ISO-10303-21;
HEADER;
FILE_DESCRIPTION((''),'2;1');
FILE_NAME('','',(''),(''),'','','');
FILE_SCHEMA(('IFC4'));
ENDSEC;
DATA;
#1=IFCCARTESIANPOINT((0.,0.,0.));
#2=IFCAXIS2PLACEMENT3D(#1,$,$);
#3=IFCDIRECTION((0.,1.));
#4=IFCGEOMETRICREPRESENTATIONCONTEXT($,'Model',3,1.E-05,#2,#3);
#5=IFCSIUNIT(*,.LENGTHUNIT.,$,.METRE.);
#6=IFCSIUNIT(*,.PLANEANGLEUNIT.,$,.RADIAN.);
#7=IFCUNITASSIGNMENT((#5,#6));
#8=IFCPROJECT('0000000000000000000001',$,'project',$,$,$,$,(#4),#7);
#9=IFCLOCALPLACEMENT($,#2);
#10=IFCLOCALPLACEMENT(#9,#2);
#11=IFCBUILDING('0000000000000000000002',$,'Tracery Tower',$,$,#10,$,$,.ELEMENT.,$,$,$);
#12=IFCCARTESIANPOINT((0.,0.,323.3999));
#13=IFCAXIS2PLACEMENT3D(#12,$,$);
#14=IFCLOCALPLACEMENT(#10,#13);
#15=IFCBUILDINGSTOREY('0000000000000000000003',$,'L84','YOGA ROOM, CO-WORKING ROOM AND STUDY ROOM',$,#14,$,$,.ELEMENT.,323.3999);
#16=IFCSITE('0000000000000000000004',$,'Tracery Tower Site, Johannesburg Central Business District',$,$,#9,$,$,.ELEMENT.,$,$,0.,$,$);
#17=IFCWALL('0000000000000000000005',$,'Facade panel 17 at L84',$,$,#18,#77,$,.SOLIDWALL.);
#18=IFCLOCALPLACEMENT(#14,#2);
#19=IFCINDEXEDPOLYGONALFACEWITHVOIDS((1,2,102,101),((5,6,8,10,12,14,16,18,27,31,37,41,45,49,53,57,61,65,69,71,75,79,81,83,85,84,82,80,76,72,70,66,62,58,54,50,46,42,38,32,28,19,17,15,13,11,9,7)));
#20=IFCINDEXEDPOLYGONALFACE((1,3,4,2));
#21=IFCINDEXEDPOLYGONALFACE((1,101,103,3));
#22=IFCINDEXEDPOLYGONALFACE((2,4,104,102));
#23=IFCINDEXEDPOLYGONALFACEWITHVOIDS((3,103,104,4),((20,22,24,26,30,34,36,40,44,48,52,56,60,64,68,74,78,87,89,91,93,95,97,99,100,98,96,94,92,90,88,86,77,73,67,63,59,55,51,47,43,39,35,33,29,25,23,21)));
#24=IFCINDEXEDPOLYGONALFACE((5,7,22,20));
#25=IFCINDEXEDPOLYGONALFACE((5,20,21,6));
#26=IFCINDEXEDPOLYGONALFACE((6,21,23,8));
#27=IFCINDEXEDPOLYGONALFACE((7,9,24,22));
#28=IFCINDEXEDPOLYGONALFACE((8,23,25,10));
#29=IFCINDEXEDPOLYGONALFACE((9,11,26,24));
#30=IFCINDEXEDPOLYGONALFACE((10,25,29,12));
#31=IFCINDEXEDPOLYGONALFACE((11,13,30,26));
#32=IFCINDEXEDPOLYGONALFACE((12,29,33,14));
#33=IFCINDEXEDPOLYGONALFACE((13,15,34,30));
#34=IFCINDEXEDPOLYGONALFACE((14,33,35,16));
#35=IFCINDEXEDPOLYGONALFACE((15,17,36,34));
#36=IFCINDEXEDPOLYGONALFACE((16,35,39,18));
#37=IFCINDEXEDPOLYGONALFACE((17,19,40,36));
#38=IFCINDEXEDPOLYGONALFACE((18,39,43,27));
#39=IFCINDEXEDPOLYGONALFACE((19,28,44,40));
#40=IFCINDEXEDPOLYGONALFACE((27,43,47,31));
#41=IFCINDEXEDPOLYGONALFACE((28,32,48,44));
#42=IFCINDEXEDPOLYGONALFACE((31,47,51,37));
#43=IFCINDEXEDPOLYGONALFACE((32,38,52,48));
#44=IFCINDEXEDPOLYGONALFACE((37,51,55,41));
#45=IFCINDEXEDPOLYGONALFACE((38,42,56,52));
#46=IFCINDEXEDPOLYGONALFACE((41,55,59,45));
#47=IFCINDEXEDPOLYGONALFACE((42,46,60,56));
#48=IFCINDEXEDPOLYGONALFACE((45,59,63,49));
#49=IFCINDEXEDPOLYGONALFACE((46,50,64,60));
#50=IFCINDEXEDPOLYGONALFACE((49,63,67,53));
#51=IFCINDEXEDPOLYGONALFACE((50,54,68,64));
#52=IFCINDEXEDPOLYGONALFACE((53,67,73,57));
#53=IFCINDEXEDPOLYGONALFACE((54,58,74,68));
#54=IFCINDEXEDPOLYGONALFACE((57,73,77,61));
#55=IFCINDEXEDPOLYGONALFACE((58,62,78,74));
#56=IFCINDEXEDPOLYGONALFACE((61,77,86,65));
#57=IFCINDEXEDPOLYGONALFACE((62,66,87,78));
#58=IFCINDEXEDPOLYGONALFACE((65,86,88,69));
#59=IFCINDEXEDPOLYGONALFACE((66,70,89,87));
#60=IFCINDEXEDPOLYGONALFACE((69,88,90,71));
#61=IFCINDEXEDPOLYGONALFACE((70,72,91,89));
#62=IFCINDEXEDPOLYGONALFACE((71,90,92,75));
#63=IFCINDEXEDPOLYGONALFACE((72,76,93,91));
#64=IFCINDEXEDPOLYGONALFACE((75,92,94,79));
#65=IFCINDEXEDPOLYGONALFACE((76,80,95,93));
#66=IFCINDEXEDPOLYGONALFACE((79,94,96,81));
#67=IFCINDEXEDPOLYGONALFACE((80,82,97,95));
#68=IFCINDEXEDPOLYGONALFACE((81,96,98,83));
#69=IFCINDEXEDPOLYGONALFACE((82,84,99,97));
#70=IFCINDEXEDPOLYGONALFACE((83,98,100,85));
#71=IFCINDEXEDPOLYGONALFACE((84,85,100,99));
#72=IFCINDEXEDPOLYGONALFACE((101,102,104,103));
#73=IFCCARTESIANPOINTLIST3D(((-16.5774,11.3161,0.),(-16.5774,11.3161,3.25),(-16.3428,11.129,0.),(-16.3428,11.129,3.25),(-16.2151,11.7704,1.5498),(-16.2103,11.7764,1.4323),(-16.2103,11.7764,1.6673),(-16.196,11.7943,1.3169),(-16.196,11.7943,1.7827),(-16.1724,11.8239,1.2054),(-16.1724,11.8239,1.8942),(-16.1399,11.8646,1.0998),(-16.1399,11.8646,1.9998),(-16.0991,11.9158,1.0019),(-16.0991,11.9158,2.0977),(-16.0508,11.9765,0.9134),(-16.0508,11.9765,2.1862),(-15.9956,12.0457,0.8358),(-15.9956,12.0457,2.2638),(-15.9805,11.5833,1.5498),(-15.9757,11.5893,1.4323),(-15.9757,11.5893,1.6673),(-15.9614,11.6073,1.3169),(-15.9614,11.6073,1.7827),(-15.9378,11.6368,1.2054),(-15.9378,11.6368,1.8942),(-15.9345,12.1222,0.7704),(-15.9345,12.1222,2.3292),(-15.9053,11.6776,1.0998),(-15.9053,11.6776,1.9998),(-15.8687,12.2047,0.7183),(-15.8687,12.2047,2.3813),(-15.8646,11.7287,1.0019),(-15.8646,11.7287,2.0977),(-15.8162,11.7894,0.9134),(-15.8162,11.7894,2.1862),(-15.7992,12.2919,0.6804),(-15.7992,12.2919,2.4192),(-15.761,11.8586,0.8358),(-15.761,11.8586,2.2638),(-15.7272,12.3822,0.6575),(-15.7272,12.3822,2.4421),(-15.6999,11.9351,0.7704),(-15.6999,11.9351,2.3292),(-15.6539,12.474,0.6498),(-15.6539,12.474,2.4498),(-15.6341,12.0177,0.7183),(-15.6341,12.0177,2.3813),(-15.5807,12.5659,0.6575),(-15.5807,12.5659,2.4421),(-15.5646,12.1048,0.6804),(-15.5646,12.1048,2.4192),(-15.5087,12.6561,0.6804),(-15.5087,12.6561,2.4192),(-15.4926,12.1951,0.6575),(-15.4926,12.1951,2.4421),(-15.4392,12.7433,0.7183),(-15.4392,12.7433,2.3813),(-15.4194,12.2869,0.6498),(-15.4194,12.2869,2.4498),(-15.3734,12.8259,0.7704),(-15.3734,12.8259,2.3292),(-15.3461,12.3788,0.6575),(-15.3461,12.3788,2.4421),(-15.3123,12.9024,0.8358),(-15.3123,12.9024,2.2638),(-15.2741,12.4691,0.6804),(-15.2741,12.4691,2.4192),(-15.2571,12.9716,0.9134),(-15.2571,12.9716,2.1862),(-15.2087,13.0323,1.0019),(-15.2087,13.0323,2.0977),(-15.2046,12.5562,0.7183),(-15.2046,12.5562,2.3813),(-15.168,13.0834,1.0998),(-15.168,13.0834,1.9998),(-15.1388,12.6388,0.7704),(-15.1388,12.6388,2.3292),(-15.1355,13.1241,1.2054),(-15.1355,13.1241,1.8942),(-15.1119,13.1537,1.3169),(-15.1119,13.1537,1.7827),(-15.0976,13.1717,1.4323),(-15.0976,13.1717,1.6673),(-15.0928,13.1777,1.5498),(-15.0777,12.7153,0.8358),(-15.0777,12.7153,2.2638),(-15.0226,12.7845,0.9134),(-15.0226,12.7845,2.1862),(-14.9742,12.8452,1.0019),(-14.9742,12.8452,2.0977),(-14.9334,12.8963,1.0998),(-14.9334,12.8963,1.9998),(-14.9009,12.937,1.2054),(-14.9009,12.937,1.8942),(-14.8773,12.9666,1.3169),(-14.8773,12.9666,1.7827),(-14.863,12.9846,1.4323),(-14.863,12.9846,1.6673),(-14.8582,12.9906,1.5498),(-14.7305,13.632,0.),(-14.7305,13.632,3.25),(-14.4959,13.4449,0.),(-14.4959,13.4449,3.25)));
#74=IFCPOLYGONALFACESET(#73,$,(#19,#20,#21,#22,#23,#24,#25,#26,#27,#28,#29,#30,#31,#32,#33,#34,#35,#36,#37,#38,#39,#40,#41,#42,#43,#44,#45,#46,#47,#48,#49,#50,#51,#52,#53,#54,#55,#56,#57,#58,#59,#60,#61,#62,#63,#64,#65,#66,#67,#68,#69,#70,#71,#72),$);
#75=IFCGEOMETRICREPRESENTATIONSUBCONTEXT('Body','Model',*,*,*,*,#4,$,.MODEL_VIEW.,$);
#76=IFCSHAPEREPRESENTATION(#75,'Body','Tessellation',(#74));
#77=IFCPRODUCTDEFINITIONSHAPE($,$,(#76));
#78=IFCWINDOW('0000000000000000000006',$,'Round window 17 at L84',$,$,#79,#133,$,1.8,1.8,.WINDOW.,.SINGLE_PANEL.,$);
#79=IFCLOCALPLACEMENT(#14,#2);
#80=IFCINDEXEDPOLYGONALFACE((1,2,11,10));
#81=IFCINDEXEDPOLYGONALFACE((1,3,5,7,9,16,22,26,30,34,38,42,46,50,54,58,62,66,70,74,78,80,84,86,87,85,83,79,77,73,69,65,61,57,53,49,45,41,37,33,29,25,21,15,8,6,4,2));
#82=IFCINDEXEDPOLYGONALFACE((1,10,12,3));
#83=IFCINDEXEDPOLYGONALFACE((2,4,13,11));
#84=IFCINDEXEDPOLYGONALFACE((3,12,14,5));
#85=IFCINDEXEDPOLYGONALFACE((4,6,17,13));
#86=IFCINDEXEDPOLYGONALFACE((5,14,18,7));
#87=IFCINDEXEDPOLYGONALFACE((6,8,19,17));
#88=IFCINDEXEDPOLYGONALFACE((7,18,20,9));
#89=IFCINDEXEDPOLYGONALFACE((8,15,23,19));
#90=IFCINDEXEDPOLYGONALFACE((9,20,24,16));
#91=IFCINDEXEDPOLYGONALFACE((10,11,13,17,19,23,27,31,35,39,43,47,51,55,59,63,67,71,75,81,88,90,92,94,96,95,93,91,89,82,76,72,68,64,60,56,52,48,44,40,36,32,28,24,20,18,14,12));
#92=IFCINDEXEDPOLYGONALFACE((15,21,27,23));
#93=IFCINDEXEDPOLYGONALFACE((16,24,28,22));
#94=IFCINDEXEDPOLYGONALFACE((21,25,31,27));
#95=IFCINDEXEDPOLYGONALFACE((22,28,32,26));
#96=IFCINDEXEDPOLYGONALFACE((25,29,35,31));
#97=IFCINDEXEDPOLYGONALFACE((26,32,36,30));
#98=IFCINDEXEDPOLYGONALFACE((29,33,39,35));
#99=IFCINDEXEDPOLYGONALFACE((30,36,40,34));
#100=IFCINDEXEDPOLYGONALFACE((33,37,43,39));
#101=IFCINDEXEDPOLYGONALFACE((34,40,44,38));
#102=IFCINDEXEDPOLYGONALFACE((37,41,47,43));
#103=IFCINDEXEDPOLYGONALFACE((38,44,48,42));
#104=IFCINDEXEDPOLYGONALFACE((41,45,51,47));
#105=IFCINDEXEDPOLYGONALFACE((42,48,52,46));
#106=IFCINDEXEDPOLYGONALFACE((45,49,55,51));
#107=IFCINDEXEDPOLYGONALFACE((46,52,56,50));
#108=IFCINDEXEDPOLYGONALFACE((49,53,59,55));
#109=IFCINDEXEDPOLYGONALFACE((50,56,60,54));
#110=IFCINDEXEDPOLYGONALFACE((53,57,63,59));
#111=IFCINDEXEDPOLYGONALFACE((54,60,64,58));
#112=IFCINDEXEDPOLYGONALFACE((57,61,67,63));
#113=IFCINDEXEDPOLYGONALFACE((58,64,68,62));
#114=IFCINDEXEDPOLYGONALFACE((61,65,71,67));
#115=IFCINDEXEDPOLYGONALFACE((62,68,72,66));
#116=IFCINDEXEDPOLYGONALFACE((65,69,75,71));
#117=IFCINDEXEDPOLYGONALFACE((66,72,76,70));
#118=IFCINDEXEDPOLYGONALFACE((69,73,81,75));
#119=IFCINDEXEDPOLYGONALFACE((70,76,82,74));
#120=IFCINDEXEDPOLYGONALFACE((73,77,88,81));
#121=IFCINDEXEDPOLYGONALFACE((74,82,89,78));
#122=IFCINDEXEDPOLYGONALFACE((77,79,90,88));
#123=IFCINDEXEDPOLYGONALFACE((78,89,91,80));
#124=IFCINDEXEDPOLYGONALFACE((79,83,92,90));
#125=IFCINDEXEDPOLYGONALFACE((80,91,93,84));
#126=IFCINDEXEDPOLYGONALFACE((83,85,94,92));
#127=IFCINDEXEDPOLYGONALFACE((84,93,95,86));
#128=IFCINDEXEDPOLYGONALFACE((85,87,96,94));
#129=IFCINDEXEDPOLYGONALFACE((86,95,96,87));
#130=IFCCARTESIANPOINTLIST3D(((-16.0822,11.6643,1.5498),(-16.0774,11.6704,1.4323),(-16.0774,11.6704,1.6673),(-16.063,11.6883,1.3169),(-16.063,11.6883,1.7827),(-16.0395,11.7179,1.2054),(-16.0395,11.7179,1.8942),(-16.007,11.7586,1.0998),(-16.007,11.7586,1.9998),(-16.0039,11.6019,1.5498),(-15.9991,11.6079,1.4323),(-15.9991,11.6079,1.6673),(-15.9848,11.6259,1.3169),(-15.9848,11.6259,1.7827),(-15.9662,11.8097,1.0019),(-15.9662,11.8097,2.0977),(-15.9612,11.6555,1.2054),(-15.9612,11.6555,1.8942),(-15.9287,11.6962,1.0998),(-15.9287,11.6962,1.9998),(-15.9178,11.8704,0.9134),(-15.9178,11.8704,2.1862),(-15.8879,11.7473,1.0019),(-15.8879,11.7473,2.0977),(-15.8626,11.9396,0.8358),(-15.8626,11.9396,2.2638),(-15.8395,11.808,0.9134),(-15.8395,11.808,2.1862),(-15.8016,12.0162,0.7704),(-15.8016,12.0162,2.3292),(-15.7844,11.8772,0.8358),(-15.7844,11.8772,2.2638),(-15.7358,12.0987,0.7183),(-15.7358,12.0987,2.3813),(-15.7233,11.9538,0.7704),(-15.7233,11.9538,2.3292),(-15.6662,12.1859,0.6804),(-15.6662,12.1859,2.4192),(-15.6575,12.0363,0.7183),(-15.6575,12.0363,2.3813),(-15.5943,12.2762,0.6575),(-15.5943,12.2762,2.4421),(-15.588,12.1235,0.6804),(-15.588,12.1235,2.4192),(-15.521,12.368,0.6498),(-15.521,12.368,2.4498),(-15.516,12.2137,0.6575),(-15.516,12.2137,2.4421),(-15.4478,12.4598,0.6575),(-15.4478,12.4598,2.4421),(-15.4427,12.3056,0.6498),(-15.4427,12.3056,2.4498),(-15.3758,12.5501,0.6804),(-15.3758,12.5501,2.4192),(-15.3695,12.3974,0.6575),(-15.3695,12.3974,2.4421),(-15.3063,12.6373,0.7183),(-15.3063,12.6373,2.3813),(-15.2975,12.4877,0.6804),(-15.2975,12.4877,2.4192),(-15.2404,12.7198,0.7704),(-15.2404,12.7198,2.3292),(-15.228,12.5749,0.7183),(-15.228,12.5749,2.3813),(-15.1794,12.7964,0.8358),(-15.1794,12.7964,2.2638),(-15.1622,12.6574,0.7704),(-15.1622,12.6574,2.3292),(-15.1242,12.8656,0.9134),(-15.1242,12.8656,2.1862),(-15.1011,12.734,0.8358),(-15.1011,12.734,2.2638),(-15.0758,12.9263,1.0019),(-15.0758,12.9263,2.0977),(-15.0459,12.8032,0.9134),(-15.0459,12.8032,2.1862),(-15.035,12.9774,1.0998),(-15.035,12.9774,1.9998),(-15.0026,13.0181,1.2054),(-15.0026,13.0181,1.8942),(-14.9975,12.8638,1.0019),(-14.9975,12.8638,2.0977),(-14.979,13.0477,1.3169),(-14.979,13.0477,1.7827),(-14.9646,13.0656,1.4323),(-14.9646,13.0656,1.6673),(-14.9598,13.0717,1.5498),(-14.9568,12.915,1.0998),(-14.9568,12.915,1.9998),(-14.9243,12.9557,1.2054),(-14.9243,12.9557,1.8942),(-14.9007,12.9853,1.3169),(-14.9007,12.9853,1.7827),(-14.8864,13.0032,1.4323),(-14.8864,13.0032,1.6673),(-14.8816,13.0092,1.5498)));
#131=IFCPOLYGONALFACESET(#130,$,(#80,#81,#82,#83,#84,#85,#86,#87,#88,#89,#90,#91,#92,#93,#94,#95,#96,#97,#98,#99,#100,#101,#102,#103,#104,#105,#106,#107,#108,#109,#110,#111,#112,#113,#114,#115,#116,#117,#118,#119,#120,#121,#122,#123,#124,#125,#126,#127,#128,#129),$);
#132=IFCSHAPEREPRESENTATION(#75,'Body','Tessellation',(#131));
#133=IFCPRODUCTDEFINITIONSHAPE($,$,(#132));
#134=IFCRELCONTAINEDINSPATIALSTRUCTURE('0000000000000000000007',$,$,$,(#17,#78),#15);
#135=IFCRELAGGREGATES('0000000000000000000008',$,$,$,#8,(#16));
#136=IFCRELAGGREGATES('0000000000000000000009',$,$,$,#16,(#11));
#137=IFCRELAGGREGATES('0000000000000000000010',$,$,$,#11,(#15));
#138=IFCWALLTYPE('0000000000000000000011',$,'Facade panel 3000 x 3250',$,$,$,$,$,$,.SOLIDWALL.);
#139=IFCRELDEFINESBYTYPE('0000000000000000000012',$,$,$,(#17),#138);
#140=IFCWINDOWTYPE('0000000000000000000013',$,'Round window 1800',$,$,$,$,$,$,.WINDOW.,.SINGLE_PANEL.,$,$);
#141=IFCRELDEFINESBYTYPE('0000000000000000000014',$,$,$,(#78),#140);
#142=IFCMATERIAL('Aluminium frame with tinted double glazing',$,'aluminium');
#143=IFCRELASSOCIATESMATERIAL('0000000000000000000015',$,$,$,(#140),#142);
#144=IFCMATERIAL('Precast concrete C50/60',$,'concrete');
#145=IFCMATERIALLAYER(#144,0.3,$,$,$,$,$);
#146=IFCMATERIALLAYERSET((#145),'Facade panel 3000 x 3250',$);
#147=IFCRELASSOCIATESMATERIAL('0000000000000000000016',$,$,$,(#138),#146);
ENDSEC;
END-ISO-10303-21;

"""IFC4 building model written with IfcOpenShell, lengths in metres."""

from ifc_helpers import new_model, si_unit, direction, frame, frame_2d, origin, origin_2d, place, context, subcontext, project, spatial, rectangle, circle, extrude, material, layer, layer_set, type_object, element, fill, save


model = new_model("IFC4")

# Units and contexts
model_context = context("Model", 3, precision=1e-05, world=origin(), true_north=direction((0.0, 1.0)))
body_context = subcontext(model_context, "Body", "Model", "MODEL_VIEW")
ifc_project = project(units=[si_unit("LENGTHUNIT", "METRE"), si_unit("PLANEANGLEUNIT", "RADIAN")], contexts=[model_context])

# Site, building, storey
site_placement = place(None, origin())
site = spatial("IfcSite", under=ifc_project, at=site_placement, Name="Tracery Tower Site, Johannesburg Central Business District", CompositionType="ELEMENT", RefElevation=0.0)
building_placement = place(site_placement, origin())
building = spatial("IfcBuilding", under=site, at=building_placement, Name="Tracery Tower", CompositionType="ELEMENT")
storey_placement = place(building_placement, frame((0.0, 0.0, 323.3999)))
storey = spatial("IfcBuildingStorey", under=building, at=storey_placement, Name="L84", Description="YOGA ROOM, CO-WORKING ROOM AND STUDY ROOM", CompositionType="ELEMENT", Elevation=323.3999)

# Wall, opening, window
ifc_material_1 = material(Name="Aluminium frame with tinted double glazing", Category="aluminium")
window_type = type_object("IfcWindowType", Name="Round window 1800", PartitioningType="SINGLE_PANEL", PredefinedType="WINDOW", material=ifc_material_1)
ifc_material_2 = material(Name="Precast concrete C50/60", Category="concrete")
ifc_layer_1 = layer(ifc_material_2, 0.3)
ifc_layer_set_1 = layer_set([ifc_layer_1], Name="Facade panel 3000 x 3250")
wall_type_1 = type_object("IfcWallType", Name="Facade panel 3000 x 3250", PredefinedType="SOLIDWALL", material=ifc_layer_set_1)
wall_1_placement = place(storey_placement, frame((-14.6133, 13.5383, 0.0), z_axis=(0.0, 0.0, 1.0), x_axis=(-0.623498, -0.781825, 0.0)))
wall_1 = element("IfcWall", 1, at=wall_1_placement, inside=storey, type_object=wall_type_1, Name="Facade panel 17 at L84", PredefinedType="SOLIDWALL", context=body_context, shape_type="SweptSolid", body=[
    extrude(rectangle(XDim=2.9622, YDim=0.3, at=frame_2d((1.481, 0.0))), origin(), (0.0, 0.0, 1.0), 3.25),
])
opening_1_placement = place(wall_1_placement, frame((1.481, 0.0, 1.5498)))
opening_1 = element("IfcOpeningElement", 2, at=opening_1_placement, cuts=wall_1, PredefinedType="OPENING", context=body_context, shape_type="SweptSolid", body=[
    extrude(circle(Radius=0.9, at=origin_2d()), frame((0.0, 0.1599, 0.0), z_axis=(0.0, -1.0, 0.0), x_axis=(1.0, 0.0, 0.0)), (0.0, 0.0, 1.0), 0.3201),
])
window_1_placement = place(opening_1_placement, origin())
window_1 = element("IfcWindow", 3, at=window_1_placement, inside=storey, type_object=window_type, Name="Round window 17 at L84", OverallHeight=1.8, OverallWidth=1.8, PartitioningType="SINGLE_PANEL", PredefinedType="WINDOW", context=body_context, shape_type="SweptSolid", body=[
    extrude(circle(Radius=0.9, at=origin_2d()), frame((0.0, 0.1201, 0.0), z_axis=(0.0, -1.0, 0.0), x_axis=(1.0, 0.0, 0.0)), (0.0, 0.0, 1.0), 0.1001),
])
fill(opening_1, window_1)

save(model, "model.ifc")
